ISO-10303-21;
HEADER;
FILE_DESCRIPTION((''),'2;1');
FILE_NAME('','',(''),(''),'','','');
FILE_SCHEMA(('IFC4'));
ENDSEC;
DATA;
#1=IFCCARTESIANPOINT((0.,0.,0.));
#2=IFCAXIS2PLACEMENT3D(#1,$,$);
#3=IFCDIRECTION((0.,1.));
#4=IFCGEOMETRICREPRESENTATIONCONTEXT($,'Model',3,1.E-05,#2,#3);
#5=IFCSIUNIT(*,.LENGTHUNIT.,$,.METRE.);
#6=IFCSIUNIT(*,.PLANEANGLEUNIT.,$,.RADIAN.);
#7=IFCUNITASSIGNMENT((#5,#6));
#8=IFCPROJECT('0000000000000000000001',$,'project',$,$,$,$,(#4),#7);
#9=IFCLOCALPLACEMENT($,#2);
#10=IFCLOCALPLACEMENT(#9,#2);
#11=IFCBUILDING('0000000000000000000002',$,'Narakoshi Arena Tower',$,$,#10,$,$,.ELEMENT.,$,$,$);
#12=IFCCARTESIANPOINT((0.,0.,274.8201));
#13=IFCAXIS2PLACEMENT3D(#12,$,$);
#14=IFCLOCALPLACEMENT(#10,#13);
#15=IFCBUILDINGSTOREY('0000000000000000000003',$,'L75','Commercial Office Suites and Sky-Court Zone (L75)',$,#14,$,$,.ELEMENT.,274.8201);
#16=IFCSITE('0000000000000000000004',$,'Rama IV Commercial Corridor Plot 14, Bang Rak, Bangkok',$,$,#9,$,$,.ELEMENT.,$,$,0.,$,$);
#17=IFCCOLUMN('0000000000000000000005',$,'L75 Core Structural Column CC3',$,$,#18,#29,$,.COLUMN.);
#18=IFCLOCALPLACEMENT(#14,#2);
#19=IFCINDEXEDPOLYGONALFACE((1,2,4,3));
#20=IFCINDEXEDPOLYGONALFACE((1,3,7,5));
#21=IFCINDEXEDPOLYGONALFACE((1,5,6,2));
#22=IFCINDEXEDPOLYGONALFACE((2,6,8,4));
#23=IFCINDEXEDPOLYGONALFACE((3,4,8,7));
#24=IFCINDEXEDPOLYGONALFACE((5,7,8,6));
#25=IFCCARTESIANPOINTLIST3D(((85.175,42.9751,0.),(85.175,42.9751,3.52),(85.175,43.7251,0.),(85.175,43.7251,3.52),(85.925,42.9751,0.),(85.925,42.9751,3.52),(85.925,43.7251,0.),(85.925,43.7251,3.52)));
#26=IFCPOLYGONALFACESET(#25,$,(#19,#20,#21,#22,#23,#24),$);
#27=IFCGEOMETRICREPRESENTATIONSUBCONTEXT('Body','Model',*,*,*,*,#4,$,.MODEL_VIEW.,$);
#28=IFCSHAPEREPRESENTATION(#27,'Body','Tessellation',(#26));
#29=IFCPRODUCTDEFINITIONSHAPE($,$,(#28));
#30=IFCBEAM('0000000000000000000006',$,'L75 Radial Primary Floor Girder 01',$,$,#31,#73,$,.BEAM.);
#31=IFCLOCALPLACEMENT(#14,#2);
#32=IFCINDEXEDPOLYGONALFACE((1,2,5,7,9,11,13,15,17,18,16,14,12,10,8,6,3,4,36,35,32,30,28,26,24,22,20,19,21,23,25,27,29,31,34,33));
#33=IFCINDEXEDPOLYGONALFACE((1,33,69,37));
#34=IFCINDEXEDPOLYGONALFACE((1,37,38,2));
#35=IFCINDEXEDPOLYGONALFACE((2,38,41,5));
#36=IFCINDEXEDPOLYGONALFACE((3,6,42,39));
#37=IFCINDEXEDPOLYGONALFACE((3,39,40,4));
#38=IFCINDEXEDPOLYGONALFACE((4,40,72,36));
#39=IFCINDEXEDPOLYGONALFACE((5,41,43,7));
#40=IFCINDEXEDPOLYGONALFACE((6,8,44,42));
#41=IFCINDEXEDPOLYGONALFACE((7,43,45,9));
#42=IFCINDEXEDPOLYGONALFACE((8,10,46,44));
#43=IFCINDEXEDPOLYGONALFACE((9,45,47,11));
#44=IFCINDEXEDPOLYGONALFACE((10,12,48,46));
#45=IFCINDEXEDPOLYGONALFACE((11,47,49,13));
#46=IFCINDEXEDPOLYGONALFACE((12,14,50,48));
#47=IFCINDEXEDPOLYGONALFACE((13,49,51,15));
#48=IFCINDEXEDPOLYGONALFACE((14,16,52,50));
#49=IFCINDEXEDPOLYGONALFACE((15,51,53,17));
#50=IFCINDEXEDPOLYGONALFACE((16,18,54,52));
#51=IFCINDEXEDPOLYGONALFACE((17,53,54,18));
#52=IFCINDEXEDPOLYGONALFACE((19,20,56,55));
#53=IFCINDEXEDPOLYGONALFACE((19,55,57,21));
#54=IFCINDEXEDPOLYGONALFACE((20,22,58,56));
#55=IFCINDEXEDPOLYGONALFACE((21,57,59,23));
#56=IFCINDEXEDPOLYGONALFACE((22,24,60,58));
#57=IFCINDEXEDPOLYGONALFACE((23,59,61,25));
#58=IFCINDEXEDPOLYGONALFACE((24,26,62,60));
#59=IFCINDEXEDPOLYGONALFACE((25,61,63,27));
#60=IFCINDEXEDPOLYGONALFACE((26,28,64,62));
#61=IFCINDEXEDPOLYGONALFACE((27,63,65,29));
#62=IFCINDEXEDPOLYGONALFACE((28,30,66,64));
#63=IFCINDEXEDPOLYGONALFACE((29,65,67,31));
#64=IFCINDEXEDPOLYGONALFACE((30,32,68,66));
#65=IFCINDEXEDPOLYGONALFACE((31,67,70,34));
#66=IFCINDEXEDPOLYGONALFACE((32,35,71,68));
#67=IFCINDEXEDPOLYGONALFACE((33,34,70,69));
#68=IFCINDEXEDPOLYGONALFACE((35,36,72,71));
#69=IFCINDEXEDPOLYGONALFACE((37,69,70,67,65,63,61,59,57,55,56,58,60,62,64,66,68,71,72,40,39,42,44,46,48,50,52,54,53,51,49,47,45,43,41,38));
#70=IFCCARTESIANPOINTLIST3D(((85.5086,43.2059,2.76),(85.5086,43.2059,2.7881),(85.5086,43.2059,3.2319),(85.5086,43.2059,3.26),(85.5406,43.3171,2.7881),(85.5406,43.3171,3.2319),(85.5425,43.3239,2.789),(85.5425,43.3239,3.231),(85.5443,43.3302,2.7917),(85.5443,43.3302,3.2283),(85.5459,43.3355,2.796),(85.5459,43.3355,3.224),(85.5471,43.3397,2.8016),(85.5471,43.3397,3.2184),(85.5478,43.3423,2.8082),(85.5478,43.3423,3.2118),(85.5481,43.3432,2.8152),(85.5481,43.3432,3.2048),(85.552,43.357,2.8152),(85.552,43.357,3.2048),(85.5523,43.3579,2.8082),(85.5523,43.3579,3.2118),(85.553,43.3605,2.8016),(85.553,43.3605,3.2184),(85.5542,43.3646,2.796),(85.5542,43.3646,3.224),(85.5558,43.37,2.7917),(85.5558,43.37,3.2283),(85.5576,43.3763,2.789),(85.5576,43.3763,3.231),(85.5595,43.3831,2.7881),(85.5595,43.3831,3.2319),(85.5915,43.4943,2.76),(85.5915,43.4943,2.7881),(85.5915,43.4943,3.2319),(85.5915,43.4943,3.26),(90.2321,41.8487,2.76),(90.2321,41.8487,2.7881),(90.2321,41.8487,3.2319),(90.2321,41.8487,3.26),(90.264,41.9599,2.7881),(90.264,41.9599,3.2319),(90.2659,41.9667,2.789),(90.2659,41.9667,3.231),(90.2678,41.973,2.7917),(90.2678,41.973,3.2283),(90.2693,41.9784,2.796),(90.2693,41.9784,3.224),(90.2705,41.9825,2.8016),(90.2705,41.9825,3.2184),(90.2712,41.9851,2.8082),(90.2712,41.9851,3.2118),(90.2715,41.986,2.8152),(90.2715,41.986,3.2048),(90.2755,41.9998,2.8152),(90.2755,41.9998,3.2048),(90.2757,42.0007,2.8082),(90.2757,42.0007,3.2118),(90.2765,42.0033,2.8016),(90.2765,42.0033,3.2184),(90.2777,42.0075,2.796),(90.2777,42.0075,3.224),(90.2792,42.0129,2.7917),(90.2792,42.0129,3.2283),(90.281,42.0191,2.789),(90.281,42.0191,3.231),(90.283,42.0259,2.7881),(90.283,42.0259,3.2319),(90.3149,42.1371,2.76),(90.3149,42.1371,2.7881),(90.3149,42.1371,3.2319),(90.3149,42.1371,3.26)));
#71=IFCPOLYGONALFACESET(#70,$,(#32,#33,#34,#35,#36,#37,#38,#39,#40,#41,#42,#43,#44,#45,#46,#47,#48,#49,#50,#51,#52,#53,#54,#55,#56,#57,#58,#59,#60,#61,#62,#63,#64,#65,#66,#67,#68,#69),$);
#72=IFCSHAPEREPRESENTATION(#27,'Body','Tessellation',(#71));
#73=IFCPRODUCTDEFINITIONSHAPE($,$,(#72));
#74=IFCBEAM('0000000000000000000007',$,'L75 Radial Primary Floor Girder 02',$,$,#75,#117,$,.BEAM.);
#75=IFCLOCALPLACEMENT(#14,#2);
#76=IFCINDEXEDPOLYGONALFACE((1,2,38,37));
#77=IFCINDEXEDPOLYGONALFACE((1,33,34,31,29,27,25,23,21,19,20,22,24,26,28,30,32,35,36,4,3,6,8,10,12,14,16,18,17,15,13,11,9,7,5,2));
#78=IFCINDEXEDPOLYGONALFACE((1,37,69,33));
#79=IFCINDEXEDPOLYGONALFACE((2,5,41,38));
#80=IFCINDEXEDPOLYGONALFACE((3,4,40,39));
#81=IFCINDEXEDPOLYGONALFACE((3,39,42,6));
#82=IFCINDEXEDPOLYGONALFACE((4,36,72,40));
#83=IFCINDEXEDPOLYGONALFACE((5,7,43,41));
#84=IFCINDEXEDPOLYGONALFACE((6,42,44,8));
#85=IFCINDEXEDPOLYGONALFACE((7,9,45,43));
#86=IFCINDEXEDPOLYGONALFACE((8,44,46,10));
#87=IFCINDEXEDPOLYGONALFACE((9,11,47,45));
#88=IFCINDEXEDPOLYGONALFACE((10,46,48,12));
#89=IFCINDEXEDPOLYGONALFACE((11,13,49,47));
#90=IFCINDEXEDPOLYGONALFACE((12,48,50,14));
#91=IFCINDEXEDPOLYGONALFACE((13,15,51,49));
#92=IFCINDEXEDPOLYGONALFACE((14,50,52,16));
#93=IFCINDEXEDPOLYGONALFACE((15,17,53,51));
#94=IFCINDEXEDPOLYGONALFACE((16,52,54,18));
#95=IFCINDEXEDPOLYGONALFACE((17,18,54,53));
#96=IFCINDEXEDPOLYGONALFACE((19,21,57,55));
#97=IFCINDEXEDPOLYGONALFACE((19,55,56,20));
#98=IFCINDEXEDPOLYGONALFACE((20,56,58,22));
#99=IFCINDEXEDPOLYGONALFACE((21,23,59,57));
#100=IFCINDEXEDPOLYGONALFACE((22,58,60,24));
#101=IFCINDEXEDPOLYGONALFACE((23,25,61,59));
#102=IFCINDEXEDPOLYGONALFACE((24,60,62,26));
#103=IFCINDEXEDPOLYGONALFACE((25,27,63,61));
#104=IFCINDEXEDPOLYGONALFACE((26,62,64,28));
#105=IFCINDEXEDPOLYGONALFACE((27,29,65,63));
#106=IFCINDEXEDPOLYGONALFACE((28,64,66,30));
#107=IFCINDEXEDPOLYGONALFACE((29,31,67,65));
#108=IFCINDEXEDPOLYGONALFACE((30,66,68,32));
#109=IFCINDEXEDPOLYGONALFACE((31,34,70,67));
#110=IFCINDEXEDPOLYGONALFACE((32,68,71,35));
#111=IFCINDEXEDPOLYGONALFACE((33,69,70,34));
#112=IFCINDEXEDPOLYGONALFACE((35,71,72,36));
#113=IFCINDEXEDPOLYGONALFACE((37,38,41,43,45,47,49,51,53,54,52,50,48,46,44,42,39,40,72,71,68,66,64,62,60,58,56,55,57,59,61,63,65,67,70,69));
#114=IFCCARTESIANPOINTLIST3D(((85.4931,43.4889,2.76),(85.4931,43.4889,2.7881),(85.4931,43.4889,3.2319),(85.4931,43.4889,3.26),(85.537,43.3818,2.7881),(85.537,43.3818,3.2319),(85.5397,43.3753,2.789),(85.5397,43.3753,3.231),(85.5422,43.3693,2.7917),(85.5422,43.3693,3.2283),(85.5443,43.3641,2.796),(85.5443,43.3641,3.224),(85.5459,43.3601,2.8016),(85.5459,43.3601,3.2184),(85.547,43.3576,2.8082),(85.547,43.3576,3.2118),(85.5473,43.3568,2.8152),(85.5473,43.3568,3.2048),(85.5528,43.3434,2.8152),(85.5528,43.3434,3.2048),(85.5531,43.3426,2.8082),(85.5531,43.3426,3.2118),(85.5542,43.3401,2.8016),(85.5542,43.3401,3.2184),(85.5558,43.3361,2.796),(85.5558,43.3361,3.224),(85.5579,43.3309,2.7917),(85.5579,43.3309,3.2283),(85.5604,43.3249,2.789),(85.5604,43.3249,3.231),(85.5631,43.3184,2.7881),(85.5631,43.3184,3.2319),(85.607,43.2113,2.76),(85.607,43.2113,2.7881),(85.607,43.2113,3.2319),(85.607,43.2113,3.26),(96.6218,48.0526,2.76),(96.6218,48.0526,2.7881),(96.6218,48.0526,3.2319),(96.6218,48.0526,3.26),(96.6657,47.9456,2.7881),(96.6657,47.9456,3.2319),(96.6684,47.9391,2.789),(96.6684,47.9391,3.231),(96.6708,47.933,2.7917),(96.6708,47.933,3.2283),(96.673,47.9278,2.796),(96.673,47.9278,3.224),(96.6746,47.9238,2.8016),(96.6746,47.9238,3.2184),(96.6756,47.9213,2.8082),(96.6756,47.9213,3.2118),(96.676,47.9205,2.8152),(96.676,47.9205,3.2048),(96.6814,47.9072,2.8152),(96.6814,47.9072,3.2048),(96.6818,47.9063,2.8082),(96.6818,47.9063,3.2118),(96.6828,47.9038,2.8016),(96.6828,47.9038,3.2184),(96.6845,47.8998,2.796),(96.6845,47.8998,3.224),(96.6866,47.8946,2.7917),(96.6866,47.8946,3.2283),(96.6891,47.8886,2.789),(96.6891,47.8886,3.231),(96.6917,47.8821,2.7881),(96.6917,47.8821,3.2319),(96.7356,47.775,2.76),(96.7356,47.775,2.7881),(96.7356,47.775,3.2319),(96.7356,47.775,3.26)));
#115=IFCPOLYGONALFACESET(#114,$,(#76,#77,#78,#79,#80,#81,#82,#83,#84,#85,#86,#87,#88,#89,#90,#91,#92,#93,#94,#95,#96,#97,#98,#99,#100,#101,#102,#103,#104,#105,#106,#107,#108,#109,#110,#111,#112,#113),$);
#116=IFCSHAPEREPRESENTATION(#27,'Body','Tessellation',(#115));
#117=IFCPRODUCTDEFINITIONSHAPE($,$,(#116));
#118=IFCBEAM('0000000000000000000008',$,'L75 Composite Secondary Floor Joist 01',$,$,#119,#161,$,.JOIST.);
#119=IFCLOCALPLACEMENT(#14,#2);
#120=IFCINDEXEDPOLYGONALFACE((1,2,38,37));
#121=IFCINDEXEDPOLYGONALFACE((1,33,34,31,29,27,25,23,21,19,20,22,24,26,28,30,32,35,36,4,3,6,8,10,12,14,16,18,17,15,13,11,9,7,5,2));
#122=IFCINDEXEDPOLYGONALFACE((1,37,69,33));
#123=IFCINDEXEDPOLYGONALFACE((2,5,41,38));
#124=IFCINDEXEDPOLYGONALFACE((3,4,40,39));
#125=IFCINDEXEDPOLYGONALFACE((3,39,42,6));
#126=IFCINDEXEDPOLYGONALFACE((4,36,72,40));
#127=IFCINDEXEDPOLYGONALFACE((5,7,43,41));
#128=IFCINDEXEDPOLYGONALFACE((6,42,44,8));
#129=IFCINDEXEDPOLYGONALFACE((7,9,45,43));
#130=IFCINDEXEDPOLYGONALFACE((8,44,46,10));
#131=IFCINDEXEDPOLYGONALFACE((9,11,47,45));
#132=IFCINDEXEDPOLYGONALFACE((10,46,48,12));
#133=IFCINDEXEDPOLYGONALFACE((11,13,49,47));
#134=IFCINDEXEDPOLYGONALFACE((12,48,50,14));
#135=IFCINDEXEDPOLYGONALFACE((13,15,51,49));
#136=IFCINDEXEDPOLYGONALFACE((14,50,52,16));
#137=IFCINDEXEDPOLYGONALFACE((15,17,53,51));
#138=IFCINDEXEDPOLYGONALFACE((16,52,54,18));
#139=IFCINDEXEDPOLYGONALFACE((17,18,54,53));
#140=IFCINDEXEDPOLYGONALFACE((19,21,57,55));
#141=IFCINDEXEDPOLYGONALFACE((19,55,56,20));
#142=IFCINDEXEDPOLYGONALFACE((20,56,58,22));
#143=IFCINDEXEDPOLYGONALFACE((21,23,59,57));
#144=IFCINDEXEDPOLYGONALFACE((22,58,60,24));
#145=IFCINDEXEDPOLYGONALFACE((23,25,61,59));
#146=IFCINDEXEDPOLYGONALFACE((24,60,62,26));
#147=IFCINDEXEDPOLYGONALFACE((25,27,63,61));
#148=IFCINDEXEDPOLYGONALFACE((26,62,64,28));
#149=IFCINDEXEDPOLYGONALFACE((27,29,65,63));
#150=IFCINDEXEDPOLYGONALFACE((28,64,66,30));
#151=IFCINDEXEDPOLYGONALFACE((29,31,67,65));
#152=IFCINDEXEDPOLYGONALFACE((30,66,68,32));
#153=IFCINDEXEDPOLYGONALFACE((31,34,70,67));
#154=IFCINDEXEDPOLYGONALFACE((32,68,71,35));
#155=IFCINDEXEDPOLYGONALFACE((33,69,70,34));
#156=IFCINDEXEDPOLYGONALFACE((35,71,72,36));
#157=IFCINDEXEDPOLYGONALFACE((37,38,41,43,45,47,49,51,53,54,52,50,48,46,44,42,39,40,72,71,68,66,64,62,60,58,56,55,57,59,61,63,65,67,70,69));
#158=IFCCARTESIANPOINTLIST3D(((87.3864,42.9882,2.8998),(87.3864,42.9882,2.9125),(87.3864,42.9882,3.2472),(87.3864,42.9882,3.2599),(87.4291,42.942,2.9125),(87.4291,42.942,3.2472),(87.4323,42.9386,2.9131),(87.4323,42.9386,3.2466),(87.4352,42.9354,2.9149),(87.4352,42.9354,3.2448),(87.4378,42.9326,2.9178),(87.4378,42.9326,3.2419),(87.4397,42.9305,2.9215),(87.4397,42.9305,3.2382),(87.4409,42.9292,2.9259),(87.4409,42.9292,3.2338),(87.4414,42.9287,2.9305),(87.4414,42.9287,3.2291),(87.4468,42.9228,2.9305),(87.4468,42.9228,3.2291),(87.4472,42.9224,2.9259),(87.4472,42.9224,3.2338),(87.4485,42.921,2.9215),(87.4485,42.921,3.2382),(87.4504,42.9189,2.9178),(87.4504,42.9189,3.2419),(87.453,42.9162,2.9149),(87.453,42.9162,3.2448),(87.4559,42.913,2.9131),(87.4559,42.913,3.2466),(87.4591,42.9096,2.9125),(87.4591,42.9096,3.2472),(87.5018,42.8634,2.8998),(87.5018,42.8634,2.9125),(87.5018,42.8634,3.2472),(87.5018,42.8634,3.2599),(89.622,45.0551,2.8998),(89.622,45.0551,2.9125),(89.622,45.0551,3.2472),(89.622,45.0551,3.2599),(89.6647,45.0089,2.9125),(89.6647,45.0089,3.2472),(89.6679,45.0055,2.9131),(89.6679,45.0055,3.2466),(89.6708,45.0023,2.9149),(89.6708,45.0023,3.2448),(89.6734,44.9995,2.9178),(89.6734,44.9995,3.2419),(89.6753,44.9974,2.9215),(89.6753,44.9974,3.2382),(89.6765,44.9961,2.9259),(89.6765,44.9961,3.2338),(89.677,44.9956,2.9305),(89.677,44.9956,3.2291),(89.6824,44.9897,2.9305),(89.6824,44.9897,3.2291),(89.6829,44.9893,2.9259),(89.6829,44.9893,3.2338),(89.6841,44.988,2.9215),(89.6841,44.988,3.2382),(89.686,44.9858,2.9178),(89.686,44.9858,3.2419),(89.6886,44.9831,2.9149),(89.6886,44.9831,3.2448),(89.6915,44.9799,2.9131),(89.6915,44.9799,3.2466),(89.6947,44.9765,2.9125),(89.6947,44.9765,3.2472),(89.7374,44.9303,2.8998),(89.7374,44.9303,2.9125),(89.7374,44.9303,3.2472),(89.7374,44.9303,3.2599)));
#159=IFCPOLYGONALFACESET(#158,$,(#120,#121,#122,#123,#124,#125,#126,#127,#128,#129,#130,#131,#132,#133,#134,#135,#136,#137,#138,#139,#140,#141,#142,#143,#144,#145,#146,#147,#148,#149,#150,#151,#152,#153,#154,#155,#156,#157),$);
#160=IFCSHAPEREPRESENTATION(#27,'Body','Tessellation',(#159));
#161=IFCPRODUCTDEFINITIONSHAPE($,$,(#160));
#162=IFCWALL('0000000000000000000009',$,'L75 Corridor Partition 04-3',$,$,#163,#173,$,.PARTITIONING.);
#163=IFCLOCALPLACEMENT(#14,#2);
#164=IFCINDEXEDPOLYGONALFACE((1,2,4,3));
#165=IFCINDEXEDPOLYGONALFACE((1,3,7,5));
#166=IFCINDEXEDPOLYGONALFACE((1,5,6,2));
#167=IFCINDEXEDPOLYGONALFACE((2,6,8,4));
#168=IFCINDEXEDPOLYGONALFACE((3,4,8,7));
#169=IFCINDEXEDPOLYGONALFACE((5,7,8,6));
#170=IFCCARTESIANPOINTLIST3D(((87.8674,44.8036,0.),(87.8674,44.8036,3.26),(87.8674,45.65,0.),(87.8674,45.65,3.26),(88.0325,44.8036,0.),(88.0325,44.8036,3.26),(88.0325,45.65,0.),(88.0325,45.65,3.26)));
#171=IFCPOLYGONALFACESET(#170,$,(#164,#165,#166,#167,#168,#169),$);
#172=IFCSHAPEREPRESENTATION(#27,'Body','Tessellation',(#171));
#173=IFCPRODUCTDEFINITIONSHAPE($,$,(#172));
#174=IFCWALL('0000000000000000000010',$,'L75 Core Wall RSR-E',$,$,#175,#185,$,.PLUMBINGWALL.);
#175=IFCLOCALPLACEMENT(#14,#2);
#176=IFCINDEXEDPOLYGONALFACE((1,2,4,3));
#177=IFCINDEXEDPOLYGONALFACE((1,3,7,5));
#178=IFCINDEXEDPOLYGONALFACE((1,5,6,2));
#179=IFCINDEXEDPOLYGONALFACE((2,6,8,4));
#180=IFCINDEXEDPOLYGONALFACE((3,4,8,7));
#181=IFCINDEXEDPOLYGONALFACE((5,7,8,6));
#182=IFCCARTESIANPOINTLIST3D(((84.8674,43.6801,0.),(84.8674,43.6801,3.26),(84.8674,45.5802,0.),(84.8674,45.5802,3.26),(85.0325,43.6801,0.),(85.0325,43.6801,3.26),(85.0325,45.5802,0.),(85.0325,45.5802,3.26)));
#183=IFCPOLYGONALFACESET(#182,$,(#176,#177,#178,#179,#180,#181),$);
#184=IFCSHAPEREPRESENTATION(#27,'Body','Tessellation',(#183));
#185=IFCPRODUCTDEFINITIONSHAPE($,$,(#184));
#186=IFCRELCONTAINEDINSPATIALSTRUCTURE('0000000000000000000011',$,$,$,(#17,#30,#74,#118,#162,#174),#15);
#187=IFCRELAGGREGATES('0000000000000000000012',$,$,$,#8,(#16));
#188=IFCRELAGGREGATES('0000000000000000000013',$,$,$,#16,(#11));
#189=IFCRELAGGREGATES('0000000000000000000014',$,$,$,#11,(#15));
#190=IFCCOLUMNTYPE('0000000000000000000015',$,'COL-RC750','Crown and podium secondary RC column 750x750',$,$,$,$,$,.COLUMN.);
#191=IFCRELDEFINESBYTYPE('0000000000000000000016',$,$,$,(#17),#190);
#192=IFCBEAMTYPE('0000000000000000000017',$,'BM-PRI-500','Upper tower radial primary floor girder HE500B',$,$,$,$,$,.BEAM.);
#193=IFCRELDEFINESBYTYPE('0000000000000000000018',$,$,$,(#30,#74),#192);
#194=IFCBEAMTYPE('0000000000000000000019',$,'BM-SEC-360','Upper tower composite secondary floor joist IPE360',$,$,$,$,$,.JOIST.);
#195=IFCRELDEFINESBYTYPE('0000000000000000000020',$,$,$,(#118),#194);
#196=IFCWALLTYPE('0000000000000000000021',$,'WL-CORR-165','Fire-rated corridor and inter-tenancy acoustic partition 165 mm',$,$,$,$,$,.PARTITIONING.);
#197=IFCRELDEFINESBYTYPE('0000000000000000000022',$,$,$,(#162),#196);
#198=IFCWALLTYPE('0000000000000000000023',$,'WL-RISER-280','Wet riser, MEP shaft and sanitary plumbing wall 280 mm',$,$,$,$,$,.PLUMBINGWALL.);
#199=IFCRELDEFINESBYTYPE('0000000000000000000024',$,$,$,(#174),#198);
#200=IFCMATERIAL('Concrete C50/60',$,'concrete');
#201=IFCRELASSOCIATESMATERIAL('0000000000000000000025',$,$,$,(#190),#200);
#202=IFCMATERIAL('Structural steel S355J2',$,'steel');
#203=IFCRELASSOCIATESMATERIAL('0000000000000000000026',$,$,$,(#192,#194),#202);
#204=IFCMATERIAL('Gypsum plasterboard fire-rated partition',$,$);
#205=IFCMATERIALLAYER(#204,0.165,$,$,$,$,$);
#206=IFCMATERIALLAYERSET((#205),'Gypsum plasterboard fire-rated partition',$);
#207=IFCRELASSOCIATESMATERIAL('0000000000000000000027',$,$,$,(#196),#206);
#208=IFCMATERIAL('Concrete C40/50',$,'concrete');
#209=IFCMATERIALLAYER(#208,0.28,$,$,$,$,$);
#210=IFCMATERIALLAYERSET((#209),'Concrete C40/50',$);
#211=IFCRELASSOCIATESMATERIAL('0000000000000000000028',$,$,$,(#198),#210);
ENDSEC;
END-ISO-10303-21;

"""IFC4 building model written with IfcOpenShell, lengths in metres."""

from ifc_helpers import new_model, si_unit, direction, frame, frame_2d, origin, origin_2d, place, context, subcontext, project, spatial, rectangle, i_section, extrude, material, layer, layer_set, material_profile, profile_set, type_object, element, save


model = new_model("IFC4")

# Units and contexts
model_context = context("Model", 3, precision=1e-05, world=origin(), true_north=direction((0.0, 1.0)))
body_context = subcontext(model_context, "Body", "Model", "MODEL_VIEW")
ifc_project = project(units=[si_unit("LENGTHUNIT", "METRE"), si_unit("PLANEANGLEUNIT", "RADIAN")], contexts=[model_context])

# Site, building, storey
site_placement = place(None, origin())
site = spatial("IfcSite", under=ifc_project, at=site_placement, Name="Rama IV Commercial Corridor Plot 14, Bang Rak, Bangkok", CompositionType="ELEMENT", RefElevation=0.0)
building_placement = place(site_placement, origin())
building = spatial("IfcBuilding", under=site, at=building_placement, Name="Narakoshi Arena Tower", CompositionType="ELEMENT")
storey_placement = place(building_placement, frame((0.0, 0.0, 274.8201)))
storey = spatial("IfcBuildingStorey", under=building, at=storey_placement, Name="L75", Description="Commercial Office Suites and Sky-Court Zone (L75)", CompositionType="ELEMENT", Elevation=274.8201)

# Column
ifc_material_1 = material(Name="Concrete C50/60", Category="concrete")
ifc_material_profile_1 = material_profile(ifc_material_1, rectangle(XDim=0.75, YDim=0.75, at=origin_2d()), Name="RC750x750")
ifc_profile_set_1 = profile_set([ifc_material_profile_1], Name="Concrete C50/60")
column_type = type_object("IfcColumnType", Name="COL-RC750", Description="Crown and podium secondary RC column 750x750", PredefinedType="COLUMN", material=ifc_profile_set_1)
column_placement = place(storey_placement, frame((85.55, 43.3501, 0.0), z_axis=(0.0, 0.0, 1.0), x_axis=(1.0, 0.0, 0.0)))
element("IfcColumn", 1, at=column_placement, inside=storey, type_object=column_type, Name="L75 Core Structural Column CC3", PredefinedType="COLUMN", context=body_context, shape_type="SweptSolid", body=[
    extrude(rectangle(XDim=0.75, YDim=0.75, at=origin_2d()), origin(), (0.0, 0.0, 1.0), 3.52),
])

# Beams
ifc_material_2 = material(Name="Structural steel S355J2", Category="steel")
ifc_material_profile_2 = material_profile(ifc_material_2, i_section(OverallWidth=0.3, OverallDepth=0.5, WebThickness=0.0144, FlangeThickness=0.0281, FilletRadius=0.0271, at=origin_2d()), Name="HE500B")
ifc_profile_set_2 = profile_set([ifc_material_profile_2], Name="Structural steel S355J2")
beam_type_1 = type_object("IfcBeamType", Name="BM-PRI-500", Description="Upper tower radial primary floor girder HE500B", PredefinedType="BEAM", material=ifc_profile_set_2)
beam_1_placement = place(storey_placement, frame((85.55, 43.3501, 3.01), z_axis=(0.961112, -0.276158, 0.0), x_axis=(0.276158, 0.961112, 0.0)))
element("IfcBeam", 2, at=beam_1_placement, inside=storey, type_object=beam_type_1, Name="L75 Radial Primary Floor Girder 01", PredefinedType="BEAM", context=body_context, shape_type="SweptSolid", body=[
    extrude(i_section(OverallWidth=0.3, OverallDepth=0.5, WebThickness=0.0144, FlangeThickness=0.0281, FilletRadius=0.0271, at=origin_2d()), origin(), (0.0, 0.0, 1.0), 4.9146),
])
beam_2_placement = place(storey_placement, frame((85.55, 43.3501, 3.01), z_axis=(0.925224, 0.379422, 0.0), x_axis=(-0.379422, 0.925224, 0.0)))
element("IfcBeam", 3, at=beam_2_placement, inside=storey, type_object=beam_type_1, Name="L75 Radial Primary Floor Girder 02", PredefinedType="BEAM", context=body_context, shape_type="SweptSolid", body=[
    extrude(i_section(OverallWidth=0.3, OverallDepth=0.5, WebThickness=0.0144, FlangeThickness=0.0281, FilletRadius=0.0271, at=origin_2d()), origin(), (0.0, 0.0, 1.0), 12.0281),
])
ifc_material_profile_3 = material_profile(ifc_material_2, i_section(OverallWidth=0.1699, OverallDepth=0.3601, WebThickness=0.0081, FlangeThickness=0.0127, FilletRadius=0.0181, at=origin_2d()), Name="IPE360")
ifc_profile_set_3 = profile_set([ifc_material_profile_3], Name="Structural steel S355J2")
beam_type_2 = type_object("IfcBeamType", Name="BM-SEC-360", Description="Upper tower composite secondary floor joist IPE360", PredefinedType="JOIST", material=ifc_profile_set_3)
beam_3_placement = place(storey_placement, frame((87.4441, 42.9258, 3.0798), z_axis=(0.734268, 0.678859, 0.0), x_axis=(-0.678859, 0.734268, 0.0)))
element("IfcBeam", 4, at=beam_3_placement, inside=storey, type_object=beam_type_2, Name="L75 Composite Secondary Floor Joist 01", PredefinedType="JOIST", context=body_context, shape_type="SweptSolid", body=[
    extrude(i_section(OverallWidth=0.1699, OverallDepth=0.3601, WebThickness=0.0081, FlangeThickness=0.0127, FilletRadius=0.0181, at=origin_2d()), origin(), (0.0, 0.0, 1.0), 3.0447),
])

# Walls
ifc_material_3 = material(Name="Gypsum plasterboard fire-rated partition")
ifc_layer_1 = layer(ifc_material_3, 0.165)
ifc_layer_set_1 = layer_set([ifc_layer_1], Name="Gypsum plasterboard fire-rated partition")
wall_type_1 = type_object("IfcWallType", Name="WL-CORR-165", Description="Fire-rated corridor and inter-tenancy acoustic partition 165 mm", PredefinedType="PARTITIONING", material=ifc_layer_set_1)
wall_1_placement = place(storey_placement, frame((87.95, 44.8035, 0.0), z_axis=(0.0, 0.0, 1.0), x_axis=(0.0, 1.0, 0.0)))
element("IfcWall", 5, at=wall_1_placement, inside=storey, type_object=wall_type_1, Name="L75 Corridor Partition 04-3", PredefinedType="PARTITIONING", context=body_context, shape_type="SweptSolid", body=[
    extrude(rectangle(XDim=0.8464, YDim=0.165, at=frame_2d((0.4233, 0.0))), origin(), (0.0, 0.0, 1.0), 3.26),
])
ifc_material_4 = material(Name="Concrete C40/50", Category="concrete")
ifc_layer_2 = layer(ifc_material_4, 0.28)
ifc_layer_set_2 = layer_set([ifc_layer_2], Name="Concrete C40/50")
wall_type_2 = type_object("IfcWallType", Name="WL-RISER-280", Description="Wet riser, MEP shaft and sanitary plumbing wall 280 mm", PredefinedType="PLUMBINGWALL", material=ifc_layer_set_2)
wall_2_placement = place(storey_placement, frame((84.95, 43.6799, 0.0), z_axis=(0.0, 0.0, 1.0), x_axis=(0.0, 1.0, 0.0)))
element("IfcWall", 6, at=wall_2_placement, inside=storey, type_object=wall_type_2, Name="L75 Core Wall RSR-E", PredefinedType="PLUMBINGWALL", context=body_context, shape_type="SweptSolid", body=[
    extrude(rectangle(XDim=1.9001, YDim=0.165, at=frame_2d((0.9502, 0.0))), origin(), (0.0, 0.0, 1.0), 3.26),
])

save(model, "model.ifc")
